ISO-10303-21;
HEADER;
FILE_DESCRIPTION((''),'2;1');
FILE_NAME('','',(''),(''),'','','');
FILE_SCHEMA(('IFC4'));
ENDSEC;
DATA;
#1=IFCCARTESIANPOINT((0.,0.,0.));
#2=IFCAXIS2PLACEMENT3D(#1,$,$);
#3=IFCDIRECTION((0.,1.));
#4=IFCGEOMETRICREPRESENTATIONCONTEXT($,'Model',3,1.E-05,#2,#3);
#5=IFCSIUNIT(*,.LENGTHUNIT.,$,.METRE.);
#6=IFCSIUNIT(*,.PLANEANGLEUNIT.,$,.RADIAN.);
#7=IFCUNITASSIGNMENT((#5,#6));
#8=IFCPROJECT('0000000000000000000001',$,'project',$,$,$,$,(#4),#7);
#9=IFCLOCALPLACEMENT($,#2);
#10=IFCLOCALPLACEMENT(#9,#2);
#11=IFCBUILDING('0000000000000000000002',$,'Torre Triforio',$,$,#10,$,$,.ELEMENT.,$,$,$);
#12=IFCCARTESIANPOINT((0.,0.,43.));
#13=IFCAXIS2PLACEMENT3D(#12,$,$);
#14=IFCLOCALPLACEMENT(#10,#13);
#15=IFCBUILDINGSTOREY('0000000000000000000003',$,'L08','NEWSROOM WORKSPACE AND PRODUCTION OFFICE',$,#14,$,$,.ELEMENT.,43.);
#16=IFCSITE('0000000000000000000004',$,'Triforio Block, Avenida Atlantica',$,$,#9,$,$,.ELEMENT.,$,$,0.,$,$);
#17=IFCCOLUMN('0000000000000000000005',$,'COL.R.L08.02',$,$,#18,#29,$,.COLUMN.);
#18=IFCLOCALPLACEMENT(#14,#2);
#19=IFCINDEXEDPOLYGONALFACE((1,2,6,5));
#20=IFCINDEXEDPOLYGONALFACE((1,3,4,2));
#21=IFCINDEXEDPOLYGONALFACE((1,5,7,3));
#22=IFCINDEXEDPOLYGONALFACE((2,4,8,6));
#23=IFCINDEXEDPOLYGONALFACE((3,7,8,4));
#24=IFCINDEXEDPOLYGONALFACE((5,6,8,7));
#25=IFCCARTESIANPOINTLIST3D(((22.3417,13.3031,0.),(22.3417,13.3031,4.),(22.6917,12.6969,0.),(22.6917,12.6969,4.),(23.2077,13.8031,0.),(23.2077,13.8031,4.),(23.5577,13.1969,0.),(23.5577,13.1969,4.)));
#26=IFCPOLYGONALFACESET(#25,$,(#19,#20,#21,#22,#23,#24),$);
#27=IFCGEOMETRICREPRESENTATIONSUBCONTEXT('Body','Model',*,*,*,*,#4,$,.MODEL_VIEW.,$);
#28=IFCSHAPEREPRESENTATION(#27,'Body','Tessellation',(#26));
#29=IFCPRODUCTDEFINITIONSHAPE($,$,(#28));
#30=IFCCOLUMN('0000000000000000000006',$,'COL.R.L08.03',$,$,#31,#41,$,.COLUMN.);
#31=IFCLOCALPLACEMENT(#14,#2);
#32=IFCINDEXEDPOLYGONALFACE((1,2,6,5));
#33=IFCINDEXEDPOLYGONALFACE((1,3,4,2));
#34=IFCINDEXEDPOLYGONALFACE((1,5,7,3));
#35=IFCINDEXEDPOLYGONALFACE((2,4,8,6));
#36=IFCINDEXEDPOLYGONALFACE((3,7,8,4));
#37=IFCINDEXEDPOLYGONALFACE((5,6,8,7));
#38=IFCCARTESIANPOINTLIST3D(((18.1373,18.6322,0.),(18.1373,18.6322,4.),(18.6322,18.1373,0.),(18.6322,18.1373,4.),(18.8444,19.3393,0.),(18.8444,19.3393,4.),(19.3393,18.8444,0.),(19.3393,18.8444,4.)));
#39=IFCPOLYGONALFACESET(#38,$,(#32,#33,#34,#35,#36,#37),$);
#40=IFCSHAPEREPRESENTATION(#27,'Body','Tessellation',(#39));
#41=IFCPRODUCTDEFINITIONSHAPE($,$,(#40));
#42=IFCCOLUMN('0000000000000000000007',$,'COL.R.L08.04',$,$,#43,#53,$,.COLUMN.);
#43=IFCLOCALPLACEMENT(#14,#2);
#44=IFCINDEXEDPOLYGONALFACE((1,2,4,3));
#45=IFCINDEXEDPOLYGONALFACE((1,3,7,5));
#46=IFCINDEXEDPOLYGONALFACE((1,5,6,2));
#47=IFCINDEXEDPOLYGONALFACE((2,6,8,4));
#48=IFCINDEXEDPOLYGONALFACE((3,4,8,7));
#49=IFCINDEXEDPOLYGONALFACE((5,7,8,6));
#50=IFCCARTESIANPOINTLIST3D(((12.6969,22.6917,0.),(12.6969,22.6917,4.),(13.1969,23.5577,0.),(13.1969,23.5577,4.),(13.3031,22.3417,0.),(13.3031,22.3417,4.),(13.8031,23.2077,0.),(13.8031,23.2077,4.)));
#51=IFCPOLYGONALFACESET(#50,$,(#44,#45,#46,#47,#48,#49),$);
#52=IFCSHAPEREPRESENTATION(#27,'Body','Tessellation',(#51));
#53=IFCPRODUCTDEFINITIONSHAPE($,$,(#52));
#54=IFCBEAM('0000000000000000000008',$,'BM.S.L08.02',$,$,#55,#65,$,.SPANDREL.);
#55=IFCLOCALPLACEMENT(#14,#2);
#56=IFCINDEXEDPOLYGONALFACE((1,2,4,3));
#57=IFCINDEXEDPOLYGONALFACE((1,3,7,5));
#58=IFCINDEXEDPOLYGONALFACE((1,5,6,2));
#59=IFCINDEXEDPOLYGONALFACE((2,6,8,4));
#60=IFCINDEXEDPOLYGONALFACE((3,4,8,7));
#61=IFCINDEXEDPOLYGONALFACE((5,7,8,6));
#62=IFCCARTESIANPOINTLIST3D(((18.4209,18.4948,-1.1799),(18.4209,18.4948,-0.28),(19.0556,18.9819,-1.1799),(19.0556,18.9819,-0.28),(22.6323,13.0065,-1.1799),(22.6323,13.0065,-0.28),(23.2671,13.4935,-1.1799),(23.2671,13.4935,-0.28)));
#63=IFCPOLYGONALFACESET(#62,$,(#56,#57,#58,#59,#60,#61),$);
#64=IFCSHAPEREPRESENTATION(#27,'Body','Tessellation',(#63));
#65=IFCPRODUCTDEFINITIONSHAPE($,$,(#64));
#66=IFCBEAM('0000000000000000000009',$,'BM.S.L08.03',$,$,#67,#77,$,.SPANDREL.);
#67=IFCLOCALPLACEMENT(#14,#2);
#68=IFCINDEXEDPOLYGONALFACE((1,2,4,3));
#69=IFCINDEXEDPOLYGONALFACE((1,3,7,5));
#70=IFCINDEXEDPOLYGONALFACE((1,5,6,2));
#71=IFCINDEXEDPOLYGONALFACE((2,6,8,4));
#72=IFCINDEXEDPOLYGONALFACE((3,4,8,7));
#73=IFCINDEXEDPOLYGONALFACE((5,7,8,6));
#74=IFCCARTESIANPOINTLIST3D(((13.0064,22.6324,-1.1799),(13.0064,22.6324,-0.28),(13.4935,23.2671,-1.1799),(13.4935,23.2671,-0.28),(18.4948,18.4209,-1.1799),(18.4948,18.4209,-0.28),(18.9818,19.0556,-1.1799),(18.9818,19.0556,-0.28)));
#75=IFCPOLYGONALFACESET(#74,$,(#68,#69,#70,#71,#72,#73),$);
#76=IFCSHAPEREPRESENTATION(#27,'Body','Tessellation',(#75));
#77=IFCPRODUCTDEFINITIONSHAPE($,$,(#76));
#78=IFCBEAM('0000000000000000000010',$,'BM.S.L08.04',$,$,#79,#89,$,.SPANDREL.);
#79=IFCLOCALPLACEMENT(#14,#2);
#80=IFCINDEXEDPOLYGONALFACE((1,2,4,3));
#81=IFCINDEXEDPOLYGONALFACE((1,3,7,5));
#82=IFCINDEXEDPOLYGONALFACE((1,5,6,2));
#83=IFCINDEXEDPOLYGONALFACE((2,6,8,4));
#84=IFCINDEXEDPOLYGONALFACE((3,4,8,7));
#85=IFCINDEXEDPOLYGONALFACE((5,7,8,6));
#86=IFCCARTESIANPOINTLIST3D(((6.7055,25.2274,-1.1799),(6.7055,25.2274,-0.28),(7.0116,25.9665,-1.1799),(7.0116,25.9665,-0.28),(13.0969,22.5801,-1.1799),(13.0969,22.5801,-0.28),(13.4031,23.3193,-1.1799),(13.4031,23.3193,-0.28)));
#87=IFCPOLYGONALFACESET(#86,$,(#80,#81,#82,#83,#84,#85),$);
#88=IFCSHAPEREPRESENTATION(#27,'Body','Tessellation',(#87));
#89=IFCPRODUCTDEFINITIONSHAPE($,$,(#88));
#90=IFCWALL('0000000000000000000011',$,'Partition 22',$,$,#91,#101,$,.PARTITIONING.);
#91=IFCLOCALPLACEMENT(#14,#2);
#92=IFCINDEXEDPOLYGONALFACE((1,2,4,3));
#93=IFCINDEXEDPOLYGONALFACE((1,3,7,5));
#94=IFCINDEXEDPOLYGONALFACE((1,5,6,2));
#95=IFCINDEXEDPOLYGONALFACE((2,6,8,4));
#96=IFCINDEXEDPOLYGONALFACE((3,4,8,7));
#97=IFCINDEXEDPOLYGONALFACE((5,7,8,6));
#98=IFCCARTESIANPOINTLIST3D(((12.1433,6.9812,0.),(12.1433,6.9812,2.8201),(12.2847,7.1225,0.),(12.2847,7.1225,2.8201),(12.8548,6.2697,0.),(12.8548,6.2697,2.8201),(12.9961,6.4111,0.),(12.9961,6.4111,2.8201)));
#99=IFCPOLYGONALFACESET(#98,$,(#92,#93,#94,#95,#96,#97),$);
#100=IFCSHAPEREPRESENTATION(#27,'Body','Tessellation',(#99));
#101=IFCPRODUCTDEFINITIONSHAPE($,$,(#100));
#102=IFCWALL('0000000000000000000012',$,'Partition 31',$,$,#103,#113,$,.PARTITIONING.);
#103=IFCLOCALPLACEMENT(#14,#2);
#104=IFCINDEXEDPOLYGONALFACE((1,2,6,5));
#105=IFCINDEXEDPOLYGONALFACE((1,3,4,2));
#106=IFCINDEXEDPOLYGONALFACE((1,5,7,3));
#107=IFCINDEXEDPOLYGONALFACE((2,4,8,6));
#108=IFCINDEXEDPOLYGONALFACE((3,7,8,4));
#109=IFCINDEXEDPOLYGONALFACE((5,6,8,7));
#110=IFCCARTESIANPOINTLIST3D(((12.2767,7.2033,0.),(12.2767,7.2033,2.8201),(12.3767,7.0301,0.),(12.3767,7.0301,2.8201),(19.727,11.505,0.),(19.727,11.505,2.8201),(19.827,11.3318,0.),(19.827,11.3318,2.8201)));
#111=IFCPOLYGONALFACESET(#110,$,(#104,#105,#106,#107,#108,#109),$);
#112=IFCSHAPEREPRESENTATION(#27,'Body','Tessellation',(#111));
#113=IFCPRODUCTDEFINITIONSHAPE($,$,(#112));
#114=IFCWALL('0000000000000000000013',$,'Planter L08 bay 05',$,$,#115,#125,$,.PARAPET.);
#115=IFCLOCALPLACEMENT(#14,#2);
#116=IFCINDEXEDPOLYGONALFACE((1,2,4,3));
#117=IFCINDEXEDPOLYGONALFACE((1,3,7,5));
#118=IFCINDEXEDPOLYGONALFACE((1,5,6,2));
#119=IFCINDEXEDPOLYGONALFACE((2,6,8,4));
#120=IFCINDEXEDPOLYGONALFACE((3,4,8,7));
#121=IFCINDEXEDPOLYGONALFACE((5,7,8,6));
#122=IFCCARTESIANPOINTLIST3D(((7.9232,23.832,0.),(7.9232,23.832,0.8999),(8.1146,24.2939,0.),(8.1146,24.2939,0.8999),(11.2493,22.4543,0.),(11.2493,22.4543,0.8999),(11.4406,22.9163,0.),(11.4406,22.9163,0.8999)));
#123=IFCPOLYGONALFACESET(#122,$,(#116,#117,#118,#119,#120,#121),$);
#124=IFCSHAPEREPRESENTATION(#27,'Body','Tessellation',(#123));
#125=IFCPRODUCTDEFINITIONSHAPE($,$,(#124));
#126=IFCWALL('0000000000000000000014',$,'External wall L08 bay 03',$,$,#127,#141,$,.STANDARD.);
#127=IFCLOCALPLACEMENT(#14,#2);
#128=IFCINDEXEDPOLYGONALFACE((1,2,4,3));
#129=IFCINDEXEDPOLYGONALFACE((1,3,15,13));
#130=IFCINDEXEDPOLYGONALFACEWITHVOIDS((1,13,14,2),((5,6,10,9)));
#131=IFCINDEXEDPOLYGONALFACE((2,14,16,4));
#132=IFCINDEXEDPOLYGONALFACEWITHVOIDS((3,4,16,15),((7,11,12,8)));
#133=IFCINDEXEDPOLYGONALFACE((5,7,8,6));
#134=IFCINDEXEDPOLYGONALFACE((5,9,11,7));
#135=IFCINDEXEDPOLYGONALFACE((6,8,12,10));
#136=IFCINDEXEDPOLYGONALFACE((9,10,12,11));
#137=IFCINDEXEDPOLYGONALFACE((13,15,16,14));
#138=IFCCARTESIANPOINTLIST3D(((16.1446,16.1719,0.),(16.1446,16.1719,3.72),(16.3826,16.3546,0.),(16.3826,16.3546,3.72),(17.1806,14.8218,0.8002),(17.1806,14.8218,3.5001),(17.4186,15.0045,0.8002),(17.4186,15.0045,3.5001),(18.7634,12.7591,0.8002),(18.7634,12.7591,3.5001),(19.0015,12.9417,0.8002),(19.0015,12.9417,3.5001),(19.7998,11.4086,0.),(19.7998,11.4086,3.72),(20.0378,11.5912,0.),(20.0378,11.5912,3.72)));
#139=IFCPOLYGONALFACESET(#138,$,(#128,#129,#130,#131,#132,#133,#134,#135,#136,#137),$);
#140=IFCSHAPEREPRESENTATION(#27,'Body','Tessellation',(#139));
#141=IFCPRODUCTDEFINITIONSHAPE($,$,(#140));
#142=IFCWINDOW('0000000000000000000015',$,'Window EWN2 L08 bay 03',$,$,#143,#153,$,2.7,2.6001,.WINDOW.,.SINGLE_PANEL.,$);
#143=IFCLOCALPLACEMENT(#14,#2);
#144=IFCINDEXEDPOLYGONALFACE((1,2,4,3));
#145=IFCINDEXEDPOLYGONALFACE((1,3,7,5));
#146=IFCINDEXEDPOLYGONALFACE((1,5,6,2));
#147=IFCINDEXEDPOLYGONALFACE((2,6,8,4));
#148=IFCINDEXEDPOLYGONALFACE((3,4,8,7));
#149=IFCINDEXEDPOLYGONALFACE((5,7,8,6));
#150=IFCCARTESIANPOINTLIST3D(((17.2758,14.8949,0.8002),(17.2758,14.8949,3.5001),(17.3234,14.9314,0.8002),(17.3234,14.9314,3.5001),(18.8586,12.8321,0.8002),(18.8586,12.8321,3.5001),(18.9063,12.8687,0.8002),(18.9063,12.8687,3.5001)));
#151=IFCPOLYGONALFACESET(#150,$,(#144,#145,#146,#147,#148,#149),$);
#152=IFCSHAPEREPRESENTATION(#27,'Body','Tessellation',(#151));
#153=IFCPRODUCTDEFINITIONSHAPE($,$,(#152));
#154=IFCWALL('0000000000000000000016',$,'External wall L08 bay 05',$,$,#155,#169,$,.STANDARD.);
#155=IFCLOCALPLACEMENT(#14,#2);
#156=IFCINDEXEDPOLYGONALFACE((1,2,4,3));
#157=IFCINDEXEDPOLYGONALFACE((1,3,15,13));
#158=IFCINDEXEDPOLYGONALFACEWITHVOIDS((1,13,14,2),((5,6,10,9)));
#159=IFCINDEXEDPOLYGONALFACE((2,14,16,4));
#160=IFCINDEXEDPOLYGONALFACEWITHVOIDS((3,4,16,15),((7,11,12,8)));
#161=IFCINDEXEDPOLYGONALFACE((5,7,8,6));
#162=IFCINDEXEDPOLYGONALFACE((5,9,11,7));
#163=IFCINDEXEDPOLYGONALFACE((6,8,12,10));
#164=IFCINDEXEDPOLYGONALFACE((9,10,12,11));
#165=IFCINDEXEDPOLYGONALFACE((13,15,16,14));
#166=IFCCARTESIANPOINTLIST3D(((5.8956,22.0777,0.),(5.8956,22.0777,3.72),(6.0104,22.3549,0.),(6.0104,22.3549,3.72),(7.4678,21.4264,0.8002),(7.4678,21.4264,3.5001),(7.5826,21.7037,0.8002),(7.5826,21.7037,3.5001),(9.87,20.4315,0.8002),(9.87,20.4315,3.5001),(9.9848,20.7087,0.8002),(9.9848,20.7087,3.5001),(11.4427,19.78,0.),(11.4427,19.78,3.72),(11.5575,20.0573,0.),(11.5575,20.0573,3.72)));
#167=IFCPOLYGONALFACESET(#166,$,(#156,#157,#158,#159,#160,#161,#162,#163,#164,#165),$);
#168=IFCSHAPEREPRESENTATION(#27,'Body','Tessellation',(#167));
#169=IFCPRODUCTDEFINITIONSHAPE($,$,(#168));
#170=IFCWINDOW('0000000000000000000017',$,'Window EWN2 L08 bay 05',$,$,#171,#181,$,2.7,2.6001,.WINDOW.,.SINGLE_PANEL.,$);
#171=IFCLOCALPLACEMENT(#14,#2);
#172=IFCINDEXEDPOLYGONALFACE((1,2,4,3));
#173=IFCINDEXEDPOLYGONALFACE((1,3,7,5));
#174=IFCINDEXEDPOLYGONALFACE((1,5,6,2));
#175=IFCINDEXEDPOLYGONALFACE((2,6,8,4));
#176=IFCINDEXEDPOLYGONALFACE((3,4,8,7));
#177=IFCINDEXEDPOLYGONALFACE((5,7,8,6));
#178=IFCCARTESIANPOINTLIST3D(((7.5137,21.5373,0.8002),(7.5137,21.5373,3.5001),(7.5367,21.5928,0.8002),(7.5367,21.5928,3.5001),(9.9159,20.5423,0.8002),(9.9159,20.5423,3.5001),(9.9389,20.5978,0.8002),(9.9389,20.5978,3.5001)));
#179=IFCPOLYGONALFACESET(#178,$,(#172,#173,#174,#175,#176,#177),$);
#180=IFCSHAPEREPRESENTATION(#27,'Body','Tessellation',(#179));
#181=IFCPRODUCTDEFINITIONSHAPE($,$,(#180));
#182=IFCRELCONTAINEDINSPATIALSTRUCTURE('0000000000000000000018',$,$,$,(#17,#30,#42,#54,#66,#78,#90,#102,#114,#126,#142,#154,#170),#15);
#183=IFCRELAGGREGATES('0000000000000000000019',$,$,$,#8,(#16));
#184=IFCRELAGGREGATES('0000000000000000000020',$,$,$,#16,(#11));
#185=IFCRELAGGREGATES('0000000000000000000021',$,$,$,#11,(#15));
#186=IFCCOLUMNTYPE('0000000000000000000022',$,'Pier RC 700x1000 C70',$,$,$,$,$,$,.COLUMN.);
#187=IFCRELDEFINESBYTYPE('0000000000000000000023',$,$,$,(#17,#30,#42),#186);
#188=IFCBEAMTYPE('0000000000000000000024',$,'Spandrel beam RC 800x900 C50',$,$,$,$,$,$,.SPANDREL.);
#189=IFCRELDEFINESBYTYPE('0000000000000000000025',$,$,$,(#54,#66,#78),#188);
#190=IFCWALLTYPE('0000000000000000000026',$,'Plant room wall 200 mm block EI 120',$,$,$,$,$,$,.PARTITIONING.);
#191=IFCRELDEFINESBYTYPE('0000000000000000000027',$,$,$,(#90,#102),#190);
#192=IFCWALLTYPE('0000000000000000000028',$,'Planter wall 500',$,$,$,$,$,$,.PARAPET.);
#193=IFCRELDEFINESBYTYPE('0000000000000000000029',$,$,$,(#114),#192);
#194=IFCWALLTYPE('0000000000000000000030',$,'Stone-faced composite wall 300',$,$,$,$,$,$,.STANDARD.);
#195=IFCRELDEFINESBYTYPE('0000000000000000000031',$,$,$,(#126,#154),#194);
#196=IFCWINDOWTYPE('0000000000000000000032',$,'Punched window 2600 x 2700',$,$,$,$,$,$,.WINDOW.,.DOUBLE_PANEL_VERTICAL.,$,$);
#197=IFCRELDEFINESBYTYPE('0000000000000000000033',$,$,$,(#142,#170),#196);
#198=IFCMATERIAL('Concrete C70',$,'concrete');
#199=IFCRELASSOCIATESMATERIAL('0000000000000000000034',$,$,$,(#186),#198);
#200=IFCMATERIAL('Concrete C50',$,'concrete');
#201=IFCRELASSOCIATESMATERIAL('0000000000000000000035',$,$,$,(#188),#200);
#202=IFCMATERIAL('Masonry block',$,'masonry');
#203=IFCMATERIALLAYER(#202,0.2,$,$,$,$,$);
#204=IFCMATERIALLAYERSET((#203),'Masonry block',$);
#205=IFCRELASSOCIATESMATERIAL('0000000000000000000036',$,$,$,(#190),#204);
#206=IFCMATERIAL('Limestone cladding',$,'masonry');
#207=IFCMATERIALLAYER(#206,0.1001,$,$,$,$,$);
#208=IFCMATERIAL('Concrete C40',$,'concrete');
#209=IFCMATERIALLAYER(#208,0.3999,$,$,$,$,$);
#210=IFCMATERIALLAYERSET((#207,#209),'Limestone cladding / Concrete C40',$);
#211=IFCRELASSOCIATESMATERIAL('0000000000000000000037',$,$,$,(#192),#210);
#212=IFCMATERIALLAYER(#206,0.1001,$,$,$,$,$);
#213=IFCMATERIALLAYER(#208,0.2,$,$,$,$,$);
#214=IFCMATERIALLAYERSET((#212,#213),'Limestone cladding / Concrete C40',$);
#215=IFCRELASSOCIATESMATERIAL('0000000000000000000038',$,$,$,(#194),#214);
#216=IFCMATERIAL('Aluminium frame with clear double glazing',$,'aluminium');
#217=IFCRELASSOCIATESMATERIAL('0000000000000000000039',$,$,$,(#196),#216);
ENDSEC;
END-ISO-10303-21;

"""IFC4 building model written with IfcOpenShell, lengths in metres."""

from ifc_helpers import new_model, si_unit, direction, frame, frame_2d, origin, origin_2d, place, context, subcontext, project, spatial, rectangle, extrude, material, layer, layer_set, material_profile, profile_set, type_object, element, fill, save


model = new_model("IFC4")

# Units and contexts
model_context = context("Model", 3, precision=1e-05, world=origin(), true_north=direction((0.0, 1.0)))
body_context = subcontext(model_context, "Body", "Model", "MODEL_VIEW")
ifc_project = project(units=[si_unit("LENGTHUNIT", "METRE"), si_unit("PLANEANGLEUNIT", "RADIAN")], contexts=[model_context])

# Site, building, storey
site_placement = place(None, origin())
site = spatial("IfcSite", under=ifc_project, at=site_placement, Name="Triforio Block, Avenida Atlantica", CompositionType="ELEMENT", RefElevation=0.0)
building_placement = place(site_placement, origin())
building = spatial("IfcBuilding", under=site, at=building_placement, Name="Torre Triforio", CompositionType="ELEMENT")
storey_placement = place(building_placement, frame((0.0, 0.0, 43.0)))
storey = spatial("IfcBuildingStorey", under=building, at=storey_placement, Name="L08", Description="NEWSROOM WORKSPACE AND PRODUCTION OFFICE", CompositionType="ELEMENT", Elevation=43.0)

# Columns
ifc_material_1 = material(Name="Concrete C70", Category="concrete")
ifc_material_profile_1 = material_profile(ifc_material_1, rectangle(XDim=0.7, YDim=1.0, at=origin_2d()), Name="RC 700x1000")
ifc_profile_set_1 = profile_set([ifc_material_profile_1], Name="Concrete C70")
column_type = type_object("IfcColumnType", Name="Pier RC 700x1000 C70", PredefinedType="COLUMN", material=ifc_profile_set_1)
for number, where, z_axis, x_axis, name in (
    (1, (22.9497, 13.25, 0.0), (0.0, 0.0, 1.0), (-0.5, 0.866025, 0.0), "COL.R.L08.02"),
    (2, (18.7383, 18.7383, 0.0), (0.0, 0.0, 1.0), (-0.707107, 0.707107, 0.0), "COL.R.L08.03"),
    (3, (13.25, 22.9497, 0.0), (0.0, 0.0, 1.0), (-0.866025, 0.5, 0.0), "COL.R.L08.04"),
):
    element("IfcColumn", number, at=place(storey_placement, frame(where, z_axis=z_axis, x_axis=x_axis)), inside=storey, type_object=column_type, Name=name, PredefinedType="COLUMN", context=body_context, shape_type="SweptSolid", body=[
        extrude(rectangle(XDim=0.7, YDim=1.0, at=origin_2d()), origin(), (0.0, 0.0, 1.0), 4.0),
    ])

# Beams
ifc_material_2 = material(Name="Concrete C50", Category="concrete")
ifc_material_profile_2 = material_profile(ifc_material_2, rectangle(XDim=0.8, YDim=0.8999, at=origin_2d()), Name="RC 800x900")
ifc_profile_set_2 = profile_set([ifc_material_profile_2], Name="Concrete C50")
beam_type = type_object("IfcBeamType", Name="Spandrel beam RC 800x900 C50", PredefinedType="SPANDREL", material=ifc_profile_set_2)
for number, where, z_axis, x_axis, name in (
    (4, (22.9497, 13.25, -0.73), (-0.608772, 0.793345, 0.0), (-0.793345, -0.608772, 0.0), "BM.S.L08.02"),
    (5, (18.7383, 18.7383, -0.73), (-0.793345, 0.608772, 0.0), (-0.608772, -0.793345, 0.0), "BM.S.L08.03"),
    (6, (13.25, 22.9497, -0.73), (-0.923888, 0.382662, 0.0), (-0.382662, -0.923888, 0.0), "BM.S.L08.04"),
):
    element("IfcBeam", number, at=place(storey_placement, frame(where, z_axis=z_axis, x_axis=x_axis)), inside=storey, type_object=beam_type, Name=name, PredefinedType="SPANDREL", context=body_context, shape_type="SweptSolid", body=[
        extrude(rectangle(XDim=0.8, YDim=0.8999, at=origin_2d()), origin(), (0.0, 0.0, 1.0), 6.918),
    ])

# Walls
ifc_material_3 = material(Name="Masonry block", Category="masonry")
ifc_layer_1 = layer(ifc_material_3, 0.2)
ifc_layer_set_1 = layer_set([ifc_layer_1], Name="Masonry block")
wall_type_1 = type_object("IfcWallType", Name="Plant room wall 200 mm block EI 120", PredefinedType="PARTITIONING", material=ifc_layer_set_1)
wall_1_placement = place(storey_placement, frame((12.2141, 7.0518, 0.0), z_axis=(0.0, 0.0, 1.0), x_axis=(0.707107, -0.707107, 0.0)))
element("IfcWall", 7, at=wall_1_placement, inside=storey, type_object=wall_type_1, Name="Partition 22", PredefinedType="PARTITIONING", context=body_context, shape_type="SweptSolid", body=[
    extrude(rectangle(XDim=1.0061, YDim=0.2, at=frame_2d((0.5029, 0.0))), origin(), (0.0, 0.0, 1.0), 2.8201),
])
wall_2_placement = place(storey_placement, frame((12.3267, 7.1167, 0.0), z_axis=(0.0, 0.0, 1.0), x_axis=(0.866013, 0.500021, 0.0)))
element("IfcWall", 8, at=wall_2_placement, inside=storey, type_object=wall_type_1, Name="Partition 31", PredefinedType="PARTITIONING", context=body_context, shape_type="SweptSolid", body=[
    extrude(rectangle(XDim=8.603, YDim=0.2, at=frame_2d((4.3015, 0.0))), origin(), (0.0, 0.0, 1.0), 2.8201),
])
ifc_material_4 = material(Name="Limestone cladding", Category="masonry")
ifc_layer_2 = layer(ifc_material_4, 0.1001)
ifc_material_5 = material(Name="Concrete C40", Category="concrete")
ifc_layer_3 = layer(ifc_material_5, 0.3999)
ifc_layer_set_2 = layer_set([ifc_layer_2, ifc_layer_3], Name="Limestone cladding / Concrete C40")
wall_type_2 = type_object("IfcWallType", Name="Planter wall 500", PredefinedType="PARAPET", material=ifc_layer_set_2)
wall_3_placement = place(storey_placement, frame((11.345, 22.6853, 0.0), z_axis=(0.0, 0.0, 1.0), x_axis=(-0.923885, 0.382669, 0.0)))
element("IfcWall", 9, at=wall_3_placement, inside=storey, type_object=wall_type_2, Name="Planter L08 bay 05", PredefinedType="PARAPET", context=body_context, shape_type="SweptSolid", body=[
    extrude(rectangle(XDim=3.6001, YDim=0.5, at=frame_2d((1.8, 0.0))), origin(), (0.0, 0.0, 1.0), 0.8999),
])

# Wall, opening, window
ifc_layer_4 = layer(ifc_material_4, 0.1001)
ifc_layer_5 = layer(ifc_material_5, 0.2)
ifc_layer_set_3 = layer_set([ifc_layer_4, ifc_layer_5], Name="Limestone cladding / Concrete C40")
wall_type_3 = type_object("IfcWallType", Name="Stone-faced composite wall 300", PredefinedType="STANDARD", material=ifc_layer_set_3)
wall_4_placement = place(storey_placement, frame((19.9187, 11.5, 0.0), z_axis=(0.0, 0.0, 1.0), x_axis=(-0.608779, 0.79334, 0.0)))
wall_4 = element("IfcWall", 10, at=wall_4_placement, inside=storey, type_object=wall_type_3, Name="External wall L08 bay 03", PredefinedType="STANDARD", context=body_context, shape_type="SweptSolid", body=[
    extrude(rectangle(XDim=6.0042, YDim=0.3, at=frame_2d((3.002, 0.0))), origin(), (0.0, 0.0, 1.0), 3.72),
])
opening_1_placement = place(wall_4_placement, frame((1.7021, 0.0, 0.8)))
opening_1 = element("IfcOpeningElement", 11, at=opening_1_placement, cuts=wall_4, PredefinedType="OPENING", context=body_context, shape_type="SweptSolid", body=[
    extrude(rectangle(XDim=2.6001, YDim=2.7, at=frame_2d((1.3, 1.3501))), frame((0.0, 0.1599, 0.0), z_axis=(0.0, -1.0, 0.0), x_axis=(1.0, 0.0, 0.0)), (0.0, 0.0, 1.0), 0.3201),
])
ifc_material_6 = material(Name="Aluminium frame with clear double glazing", Category="aluminium")
window_type_1 = type_object("IfcWindowType", Name="Punched window 2600 x 2700", PartitioningType="DOUBLE_PANEL_VERTICAL", PredefinedType="WINDOW", material=ifc_material_6)
window_1_placement = place(opening_1_placement, origin())
window_1 = element("IfcWindow", 12, at=window_1_placement, inside=storey, type_object=window_type_1, Name="Window EWN2 L08 bay 03", OverallHeight=2.7, OverallWidth=2.6001, PartitioningType="SINGLE_PANEL", PredefinedType="WINDOW", context=body_context, shape_type="SweptSolid", body=[
    extrude(rectangle(XDim=2.6001, YDim=2.7, at=frame_2d((1.3, 1.3501))), frame((0.0, 0.03, 0.0), z_axis=(0.0, -1.0, 0.0), x_axis=(1.0, 0.0, 0.0)), (0.0, 0.0, 1.0), 0.0601),
])
fill(opening_1, window_1)

# Wall, opening, window
wall_5_placement = place(storey_placement, frame((11.5, 19.9187, 0.0), z_axis=(0.0, 0.0, 1.0), x_axis=(-0.923885, 0.382671, 0.0)))
wall_5 = element("IfcWall", 13, at=wall_5_placement, inside=storey, type_object=wall_type_3, Name="External wall L08 bay 05", PredefinedType="STANDARD", context=body_context, shape_type="SweptSolid", body=[
    extrude(rectangle(XDim=6.0042, YDim=0.3, at=frame_2d((3.002, 0.0))), origin(), (0.0, 0.0, 1.0), 3.72),
])
opening_2_placement = place(wall_5_placement, frame((1.7021, 0.0, 0.8)))
opening_2 = element("IfcOpeningElement", 14, at=opening_2_placement, cuts=wall_5, PredefinedType="OPENING", context=body_context, shape_type="SweptSolid", body=[
    extrude(rectangle(XDim=2.6001, YDim=2.7, at=frame_2d((1.3, 1.3501))), frame((0.0, 0.1599, 0.0), z_axis=(0.0, -1.0, 0.0), x_axis=(1.0, 0.0, 0.0)), (0.0, 0.0, 1.0), 0.3201),
])
window_2_placement = place(opening_2_placement, origin())
window_2 = element("IfcWindow", 15, at=window_2_placement, inside=storey, type_object=window_type_1, Name="Window EWN2 L08 bay 05", OverallHeight=2.7, OverallWidth=2.6001, PartitioningType="SINGLE_PANEL", PredefinedType="WINDOW", context=body_context, shape_type="SweptSolid", body=[
    extrude(rectangle(XDim=2.6001, YDim=2.7, at=frame_2d((1.3, 1.3501))), frame((0.0, 0.03, 0.0), z_axis=(0.0, -1.0, 0.0), x_axis=(1.0, 0.0, 0.0)), (0.0, 0.0, 1.0), 0.0601),
])
fill(opening_2, window_2)

save(model, "model.ifc")
